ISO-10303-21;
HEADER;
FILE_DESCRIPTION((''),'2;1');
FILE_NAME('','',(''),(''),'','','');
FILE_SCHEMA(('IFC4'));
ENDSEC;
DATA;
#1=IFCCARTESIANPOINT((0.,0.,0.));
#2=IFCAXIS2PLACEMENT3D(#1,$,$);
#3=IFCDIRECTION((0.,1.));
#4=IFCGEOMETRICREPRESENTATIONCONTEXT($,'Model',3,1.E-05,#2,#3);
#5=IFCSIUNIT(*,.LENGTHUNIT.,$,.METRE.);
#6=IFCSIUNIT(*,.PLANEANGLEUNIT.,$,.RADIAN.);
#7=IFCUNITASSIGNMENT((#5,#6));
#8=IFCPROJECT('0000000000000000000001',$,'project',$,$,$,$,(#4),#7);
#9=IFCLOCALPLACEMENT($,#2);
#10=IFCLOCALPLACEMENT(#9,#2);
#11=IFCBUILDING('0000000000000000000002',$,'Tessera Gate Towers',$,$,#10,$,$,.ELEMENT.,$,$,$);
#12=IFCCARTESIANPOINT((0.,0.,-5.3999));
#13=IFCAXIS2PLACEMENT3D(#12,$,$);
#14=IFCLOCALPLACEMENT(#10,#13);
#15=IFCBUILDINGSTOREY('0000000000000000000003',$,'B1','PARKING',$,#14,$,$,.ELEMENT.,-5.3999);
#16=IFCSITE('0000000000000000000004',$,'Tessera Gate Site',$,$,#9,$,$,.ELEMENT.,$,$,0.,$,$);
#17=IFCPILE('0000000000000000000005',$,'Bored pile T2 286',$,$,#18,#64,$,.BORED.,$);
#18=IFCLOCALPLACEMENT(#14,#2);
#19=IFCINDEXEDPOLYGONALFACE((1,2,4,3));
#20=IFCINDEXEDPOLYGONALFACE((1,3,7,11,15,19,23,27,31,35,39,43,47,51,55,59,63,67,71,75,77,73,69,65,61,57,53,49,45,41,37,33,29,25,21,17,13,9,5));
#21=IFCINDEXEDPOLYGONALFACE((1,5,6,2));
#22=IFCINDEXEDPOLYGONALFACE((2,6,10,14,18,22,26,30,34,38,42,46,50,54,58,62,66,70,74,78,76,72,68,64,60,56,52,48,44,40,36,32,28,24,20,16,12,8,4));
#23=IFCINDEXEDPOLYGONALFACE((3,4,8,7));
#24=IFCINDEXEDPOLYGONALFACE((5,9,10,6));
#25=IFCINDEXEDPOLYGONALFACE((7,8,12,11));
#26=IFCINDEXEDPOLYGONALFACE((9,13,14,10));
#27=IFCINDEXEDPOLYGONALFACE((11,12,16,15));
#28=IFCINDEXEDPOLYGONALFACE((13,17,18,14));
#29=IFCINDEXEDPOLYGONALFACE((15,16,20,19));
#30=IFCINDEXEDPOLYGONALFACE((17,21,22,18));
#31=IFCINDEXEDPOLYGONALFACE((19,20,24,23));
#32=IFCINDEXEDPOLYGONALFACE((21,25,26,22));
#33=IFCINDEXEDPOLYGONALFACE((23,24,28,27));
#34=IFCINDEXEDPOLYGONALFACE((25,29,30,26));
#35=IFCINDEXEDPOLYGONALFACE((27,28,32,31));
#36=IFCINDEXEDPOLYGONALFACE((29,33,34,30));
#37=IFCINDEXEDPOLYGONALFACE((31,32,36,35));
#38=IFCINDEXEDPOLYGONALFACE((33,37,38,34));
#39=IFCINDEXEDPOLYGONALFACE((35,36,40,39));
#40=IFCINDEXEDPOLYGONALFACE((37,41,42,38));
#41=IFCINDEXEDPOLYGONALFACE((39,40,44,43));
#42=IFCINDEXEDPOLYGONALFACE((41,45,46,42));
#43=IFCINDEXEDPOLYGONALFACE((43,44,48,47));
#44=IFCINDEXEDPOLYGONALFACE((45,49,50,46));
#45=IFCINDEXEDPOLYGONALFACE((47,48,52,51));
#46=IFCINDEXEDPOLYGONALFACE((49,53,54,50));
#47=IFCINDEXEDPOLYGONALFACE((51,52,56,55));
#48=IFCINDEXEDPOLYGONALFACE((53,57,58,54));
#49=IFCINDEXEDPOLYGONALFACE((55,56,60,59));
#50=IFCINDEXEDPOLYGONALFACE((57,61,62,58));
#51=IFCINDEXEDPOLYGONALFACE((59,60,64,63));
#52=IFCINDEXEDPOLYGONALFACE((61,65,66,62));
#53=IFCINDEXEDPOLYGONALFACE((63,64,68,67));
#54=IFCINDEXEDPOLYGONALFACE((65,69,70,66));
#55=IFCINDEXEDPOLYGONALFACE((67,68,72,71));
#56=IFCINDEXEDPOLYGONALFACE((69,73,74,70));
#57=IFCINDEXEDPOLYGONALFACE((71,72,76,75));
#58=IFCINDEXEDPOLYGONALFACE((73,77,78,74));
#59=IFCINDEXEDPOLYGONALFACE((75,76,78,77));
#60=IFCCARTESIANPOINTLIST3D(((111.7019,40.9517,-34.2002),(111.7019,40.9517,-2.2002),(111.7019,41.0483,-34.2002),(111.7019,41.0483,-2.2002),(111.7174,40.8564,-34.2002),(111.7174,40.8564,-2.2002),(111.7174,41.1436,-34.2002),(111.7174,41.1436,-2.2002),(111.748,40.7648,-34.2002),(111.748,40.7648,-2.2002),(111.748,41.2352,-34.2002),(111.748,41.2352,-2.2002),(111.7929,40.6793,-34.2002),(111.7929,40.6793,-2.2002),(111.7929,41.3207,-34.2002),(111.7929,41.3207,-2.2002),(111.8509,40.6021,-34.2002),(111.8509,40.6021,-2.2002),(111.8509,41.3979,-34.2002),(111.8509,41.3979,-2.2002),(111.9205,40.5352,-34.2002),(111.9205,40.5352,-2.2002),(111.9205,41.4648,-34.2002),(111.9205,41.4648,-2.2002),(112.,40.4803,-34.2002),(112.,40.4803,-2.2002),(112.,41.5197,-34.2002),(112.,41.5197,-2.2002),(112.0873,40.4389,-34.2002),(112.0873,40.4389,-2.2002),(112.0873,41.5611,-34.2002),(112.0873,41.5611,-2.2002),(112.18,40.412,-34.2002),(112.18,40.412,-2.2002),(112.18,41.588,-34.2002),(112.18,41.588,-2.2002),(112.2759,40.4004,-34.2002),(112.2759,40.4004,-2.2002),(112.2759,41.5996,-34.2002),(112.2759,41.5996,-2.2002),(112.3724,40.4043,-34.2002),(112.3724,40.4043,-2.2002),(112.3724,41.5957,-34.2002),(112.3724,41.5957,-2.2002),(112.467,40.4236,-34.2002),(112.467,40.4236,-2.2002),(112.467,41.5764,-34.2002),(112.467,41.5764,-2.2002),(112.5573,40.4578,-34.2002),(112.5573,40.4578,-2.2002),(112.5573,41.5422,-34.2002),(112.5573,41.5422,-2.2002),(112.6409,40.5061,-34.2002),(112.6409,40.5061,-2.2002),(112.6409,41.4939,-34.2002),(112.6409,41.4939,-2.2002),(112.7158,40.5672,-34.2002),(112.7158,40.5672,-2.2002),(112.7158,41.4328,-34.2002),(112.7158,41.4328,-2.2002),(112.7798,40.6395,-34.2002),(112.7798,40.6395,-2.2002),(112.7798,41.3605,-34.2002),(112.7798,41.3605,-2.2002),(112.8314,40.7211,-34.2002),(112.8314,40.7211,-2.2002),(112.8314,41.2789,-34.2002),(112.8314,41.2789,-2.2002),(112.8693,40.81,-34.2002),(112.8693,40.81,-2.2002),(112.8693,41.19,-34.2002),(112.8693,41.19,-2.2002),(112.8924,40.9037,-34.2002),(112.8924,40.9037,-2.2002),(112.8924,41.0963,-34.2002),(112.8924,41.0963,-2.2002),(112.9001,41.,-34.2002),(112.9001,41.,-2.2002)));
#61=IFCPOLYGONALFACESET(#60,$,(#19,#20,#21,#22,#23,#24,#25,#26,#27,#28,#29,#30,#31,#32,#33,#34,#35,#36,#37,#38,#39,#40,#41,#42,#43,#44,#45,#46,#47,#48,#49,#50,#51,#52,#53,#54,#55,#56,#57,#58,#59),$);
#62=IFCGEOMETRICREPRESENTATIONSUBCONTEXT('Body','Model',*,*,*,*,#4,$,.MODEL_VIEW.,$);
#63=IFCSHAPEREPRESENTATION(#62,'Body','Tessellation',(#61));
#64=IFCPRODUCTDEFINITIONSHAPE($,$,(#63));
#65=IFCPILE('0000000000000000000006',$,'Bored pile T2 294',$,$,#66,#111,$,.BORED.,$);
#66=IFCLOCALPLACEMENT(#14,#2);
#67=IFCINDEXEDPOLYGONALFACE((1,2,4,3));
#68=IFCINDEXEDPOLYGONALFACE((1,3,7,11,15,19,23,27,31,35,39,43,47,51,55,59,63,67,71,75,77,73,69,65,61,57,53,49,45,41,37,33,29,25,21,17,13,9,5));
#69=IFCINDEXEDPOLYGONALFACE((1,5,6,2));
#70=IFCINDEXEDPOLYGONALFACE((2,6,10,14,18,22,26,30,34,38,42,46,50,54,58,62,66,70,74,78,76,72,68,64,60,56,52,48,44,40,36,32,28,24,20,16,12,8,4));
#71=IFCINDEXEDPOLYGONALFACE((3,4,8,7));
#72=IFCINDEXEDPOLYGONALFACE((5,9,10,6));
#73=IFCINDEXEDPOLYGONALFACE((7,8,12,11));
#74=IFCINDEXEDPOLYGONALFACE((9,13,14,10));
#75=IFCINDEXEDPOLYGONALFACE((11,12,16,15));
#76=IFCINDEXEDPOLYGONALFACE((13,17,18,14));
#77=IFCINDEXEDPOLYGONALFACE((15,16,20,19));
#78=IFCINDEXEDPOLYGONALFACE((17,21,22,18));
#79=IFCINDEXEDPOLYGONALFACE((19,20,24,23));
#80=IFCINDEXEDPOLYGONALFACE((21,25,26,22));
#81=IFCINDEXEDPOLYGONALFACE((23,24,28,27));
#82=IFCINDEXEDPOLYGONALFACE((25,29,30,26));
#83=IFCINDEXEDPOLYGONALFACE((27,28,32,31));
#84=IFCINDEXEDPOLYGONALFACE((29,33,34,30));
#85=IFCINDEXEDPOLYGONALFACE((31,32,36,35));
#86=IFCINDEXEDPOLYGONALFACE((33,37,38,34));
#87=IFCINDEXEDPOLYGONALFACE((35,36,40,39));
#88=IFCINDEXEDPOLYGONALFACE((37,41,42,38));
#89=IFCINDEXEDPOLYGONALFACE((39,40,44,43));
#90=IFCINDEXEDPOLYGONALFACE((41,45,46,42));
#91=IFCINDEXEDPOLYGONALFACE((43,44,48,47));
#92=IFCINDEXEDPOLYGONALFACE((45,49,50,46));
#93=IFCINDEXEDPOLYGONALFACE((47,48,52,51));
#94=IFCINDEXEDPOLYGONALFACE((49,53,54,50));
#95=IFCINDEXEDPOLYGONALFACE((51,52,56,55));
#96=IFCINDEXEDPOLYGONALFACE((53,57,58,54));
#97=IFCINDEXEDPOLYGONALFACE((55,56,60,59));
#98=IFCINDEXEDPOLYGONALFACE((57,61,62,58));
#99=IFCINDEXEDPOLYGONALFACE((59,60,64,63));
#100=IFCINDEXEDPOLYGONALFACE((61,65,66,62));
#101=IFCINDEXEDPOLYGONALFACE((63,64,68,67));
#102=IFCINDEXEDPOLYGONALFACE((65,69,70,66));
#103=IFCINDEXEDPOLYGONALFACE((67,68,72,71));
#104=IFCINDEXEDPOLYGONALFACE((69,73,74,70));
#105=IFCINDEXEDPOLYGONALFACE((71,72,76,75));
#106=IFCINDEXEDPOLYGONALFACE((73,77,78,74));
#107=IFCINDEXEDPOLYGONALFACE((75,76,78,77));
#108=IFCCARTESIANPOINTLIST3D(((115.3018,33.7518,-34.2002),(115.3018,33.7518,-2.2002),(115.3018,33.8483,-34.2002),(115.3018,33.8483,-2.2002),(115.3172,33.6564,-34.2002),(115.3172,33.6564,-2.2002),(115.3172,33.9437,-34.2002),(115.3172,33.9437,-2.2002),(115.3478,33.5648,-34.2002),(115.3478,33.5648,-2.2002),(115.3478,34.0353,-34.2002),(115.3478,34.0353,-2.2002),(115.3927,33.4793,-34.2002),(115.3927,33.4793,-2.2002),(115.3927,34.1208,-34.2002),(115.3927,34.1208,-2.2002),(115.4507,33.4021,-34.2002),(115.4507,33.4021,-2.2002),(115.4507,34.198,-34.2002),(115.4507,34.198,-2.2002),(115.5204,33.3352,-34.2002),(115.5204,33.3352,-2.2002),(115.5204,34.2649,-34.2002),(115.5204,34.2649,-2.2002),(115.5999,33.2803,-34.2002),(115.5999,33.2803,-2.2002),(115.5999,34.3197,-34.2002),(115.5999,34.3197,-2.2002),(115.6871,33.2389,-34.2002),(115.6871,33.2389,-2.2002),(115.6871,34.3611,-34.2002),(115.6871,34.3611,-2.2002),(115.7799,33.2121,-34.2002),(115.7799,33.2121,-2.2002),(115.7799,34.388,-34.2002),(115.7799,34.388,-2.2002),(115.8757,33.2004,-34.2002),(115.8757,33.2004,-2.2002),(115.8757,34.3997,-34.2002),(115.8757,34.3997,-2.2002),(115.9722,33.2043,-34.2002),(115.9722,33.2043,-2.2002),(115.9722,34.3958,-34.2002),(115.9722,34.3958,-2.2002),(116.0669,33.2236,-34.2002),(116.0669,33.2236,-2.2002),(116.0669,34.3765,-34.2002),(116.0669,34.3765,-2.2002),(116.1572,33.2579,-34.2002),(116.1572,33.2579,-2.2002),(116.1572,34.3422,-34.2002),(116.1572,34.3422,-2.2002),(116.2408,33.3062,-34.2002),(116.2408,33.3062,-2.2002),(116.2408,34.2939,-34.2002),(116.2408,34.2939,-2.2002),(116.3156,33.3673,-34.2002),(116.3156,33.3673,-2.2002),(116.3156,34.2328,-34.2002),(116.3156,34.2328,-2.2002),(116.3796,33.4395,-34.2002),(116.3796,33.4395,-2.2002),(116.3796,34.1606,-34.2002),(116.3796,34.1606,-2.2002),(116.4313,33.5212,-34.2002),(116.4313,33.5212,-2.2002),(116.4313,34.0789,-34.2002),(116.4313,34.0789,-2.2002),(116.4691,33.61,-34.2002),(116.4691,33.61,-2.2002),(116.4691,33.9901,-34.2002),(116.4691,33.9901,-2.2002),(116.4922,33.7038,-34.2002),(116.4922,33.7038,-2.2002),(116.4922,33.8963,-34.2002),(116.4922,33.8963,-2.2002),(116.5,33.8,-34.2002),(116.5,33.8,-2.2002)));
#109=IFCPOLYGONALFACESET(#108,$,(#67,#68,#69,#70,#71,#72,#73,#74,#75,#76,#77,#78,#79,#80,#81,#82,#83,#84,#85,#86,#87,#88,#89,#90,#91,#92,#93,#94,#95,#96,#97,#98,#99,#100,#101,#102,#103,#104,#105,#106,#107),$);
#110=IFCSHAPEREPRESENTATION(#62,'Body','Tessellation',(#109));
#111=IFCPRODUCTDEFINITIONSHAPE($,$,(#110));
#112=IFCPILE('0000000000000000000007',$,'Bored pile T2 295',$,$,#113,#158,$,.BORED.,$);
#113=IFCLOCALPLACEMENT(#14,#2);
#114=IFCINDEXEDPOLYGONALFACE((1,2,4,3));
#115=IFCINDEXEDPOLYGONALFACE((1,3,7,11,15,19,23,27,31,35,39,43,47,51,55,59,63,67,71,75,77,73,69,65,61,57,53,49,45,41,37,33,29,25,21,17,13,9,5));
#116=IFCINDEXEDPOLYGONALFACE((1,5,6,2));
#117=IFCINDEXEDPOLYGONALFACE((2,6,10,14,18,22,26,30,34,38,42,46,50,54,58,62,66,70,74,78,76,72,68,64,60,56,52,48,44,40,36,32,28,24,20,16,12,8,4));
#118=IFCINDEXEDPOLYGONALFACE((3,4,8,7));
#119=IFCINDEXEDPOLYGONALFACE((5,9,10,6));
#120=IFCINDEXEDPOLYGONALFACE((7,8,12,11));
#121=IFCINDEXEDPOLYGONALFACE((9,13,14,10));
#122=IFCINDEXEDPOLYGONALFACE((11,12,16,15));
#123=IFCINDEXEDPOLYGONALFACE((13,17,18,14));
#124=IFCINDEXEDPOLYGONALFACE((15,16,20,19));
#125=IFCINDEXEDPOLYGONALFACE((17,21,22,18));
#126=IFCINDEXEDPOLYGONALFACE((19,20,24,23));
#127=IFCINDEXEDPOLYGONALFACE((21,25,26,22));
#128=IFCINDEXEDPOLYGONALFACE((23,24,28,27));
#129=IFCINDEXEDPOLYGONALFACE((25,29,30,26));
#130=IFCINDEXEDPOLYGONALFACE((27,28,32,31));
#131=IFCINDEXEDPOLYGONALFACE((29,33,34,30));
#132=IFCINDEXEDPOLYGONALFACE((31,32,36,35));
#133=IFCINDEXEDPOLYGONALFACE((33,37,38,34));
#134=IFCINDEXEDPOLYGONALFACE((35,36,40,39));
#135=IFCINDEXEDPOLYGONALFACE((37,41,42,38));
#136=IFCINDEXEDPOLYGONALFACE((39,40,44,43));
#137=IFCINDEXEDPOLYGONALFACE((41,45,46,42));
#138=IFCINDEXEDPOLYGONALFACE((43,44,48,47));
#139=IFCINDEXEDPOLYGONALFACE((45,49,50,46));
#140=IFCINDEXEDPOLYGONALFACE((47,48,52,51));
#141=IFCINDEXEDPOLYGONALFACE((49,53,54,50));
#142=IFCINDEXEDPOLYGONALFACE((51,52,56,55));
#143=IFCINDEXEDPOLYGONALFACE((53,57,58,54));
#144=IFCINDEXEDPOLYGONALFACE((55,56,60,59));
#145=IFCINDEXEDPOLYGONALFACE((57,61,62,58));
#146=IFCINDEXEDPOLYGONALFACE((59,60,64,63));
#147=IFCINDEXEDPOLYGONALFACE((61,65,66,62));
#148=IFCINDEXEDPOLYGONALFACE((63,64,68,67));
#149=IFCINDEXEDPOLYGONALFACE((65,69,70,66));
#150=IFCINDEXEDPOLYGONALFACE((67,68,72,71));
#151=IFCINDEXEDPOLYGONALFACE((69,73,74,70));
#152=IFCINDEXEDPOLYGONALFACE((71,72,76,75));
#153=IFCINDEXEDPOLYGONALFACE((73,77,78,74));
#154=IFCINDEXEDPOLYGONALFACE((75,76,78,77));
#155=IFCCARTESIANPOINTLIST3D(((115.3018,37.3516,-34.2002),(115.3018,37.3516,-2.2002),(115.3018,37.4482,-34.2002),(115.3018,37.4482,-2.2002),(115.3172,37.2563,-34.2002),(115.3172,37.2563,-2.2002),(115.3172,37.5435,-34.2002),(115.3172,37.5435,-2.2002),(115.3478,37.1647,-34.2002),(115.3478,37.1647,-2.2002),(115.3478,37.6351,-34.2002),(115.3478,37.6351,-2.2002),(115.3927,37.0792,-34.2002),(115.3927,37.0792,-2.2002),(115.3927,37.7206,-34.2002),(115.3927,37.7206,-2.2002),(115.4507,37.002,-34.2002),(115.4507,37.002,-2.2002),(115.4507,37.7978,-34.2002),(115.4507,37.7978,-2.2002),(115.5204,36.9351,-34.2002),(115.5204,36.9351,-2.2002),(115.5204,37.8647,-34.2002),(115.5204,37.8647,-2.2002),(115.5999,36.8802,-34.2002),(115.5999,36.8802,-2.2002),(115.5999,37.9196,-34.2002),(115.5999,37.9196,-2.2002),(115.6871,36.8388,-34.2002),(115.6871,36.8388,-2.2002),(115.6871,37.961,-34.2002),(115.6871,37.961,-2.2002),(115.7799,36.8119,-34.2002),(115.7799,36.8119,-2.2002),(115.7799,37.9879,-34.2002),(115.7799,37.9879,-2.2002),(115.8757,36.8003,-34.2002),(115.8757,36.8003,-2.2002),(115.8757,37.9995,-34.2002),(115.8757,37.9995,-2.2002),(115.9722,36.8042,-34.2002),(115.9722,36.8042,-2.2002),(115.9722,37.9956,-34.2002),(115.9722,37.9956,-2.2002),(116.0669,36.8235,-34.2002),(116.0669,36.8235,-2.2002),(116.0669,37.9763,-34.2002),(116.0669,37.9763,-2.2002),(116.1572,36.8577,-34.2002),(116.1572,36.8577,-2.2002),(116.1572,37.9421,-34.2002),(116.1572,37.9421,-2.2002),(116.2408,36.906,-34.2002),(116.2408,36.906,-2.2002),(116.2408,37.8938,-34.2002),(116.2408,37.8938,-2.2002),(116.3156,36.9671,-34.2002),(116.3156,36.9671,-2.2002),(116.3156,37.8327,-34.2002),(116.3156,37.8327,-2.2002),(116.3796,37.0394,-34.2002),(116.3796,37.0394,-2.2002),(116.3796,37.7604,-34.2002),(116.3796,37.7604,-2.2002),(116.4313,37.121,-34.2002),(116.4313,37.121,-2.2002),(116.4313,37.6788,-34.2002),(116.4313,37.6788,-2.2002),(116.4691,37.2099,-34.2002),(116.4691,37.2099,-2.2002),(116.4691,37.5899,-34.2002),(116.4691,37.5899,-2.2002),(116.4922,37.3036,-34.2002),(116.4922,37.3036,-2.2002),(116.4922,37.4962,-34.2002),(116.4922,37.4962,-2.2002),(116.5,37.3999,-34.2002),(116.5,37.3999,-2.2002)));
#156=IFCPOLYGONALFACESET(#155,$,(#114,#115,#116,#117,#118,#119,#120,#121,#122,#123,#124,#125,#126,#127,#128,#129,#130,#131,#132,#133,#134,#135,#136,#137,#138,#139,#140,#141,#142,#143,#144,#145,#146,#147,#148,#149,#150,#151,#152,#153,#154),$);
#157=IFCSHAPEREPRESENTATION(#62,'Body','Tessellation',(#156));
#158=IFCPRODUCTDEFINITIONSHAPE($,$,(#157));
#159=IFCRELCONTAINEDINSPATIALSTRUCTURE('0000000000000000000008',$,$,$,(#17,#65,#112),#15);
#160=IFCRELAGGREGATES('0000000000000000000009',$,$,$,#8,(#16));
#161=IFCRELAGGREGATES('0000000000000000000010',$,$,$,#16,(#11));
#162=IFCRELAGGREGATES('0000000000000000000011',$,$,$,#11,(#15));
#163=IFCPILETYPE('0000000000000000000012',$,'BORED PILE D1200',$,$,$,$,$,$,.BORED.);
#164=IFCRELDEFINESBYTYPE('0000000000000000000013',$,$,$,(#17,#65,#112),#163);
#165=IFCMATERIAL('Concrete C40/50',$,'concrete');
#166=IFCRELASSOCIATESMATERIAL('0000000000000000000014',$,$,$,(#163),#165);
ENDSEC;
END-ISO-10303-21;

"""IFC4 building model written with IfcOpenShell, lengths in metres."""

from ifc_helpers import new_model, si_unit, direction, frame, origin, origin_2d, place, context, subcontext, project, spatial, circle, extrude, material, material_profile, profile_set, type_object, element, save


model = new_model("IFC4")

# Units and contexts
model_context = context("Model", 3, precision=1e-05, world=origin(), true_north=direction((0.0, 1.0)))
body_context = subcontext(model_context, "Body", "Model", "MODEL_VIEW")
ifc_project = project(units=[si_unit("LENGTHUNIT", "METRE"), si_unit("PLANEANGLEUNIT", "RADIAN")], contexts=[model_context])

# Site, building, storey
site_placement = place(None, origin())
site = spatial("IfcSite", under=ifc_project, at=site_placement, Name="Tessera Gate Site", CompositionType="ELEMENT", RefElevation=0.0)
building_placement = place(site_placement, origin())
building = spatial("IfcBuilding", under=site, at=building_placement, Name="Tessera Gate Towers", CompositionType="ELEMENT")
storey_placement = place(building_placement, frame((0.0, 0.0, -5.3999)))
storey = spatial("IfcBuildingStorey", under=building, at=storey_placement, Name="B1", Description="PARKING", CompositionType="ELEMENT", Elevation=-5.3999)

# Piles
ifc_material_1 = material(Name="Concrete C40/50", Category="concrete")
ifc_material_profile = material_profile(ifc_material_1, circle(Radius=0.6001, at=origin_2d()), Name="BORED PILE D1200")
ifc_profile_set = profile_set([ifc_material_profile], Name="Concrete C40/50")
pile_type = type_object("IfcPileType", Name="BORED PILE D1200", PredefinedType="BORED", material=ifc_profile_set)
for number, where, z_axis, x_axis, name in (
    (1, (112.3, 41.0, -2.2002), (0.0, 0.0, -1.0), (1.0, 0.0, 0.0), "Bored pile T2 286"),
    (2, (115.8999, 33.8, -2.2002), (0.0, 0.0, -1.0), (1.0, 0.0, 0.0), "Bored pile T2 294"),
    (3, (115.8999, 37.3999, -2.2002), (0.0, 0.0, -1.0), (1.0, 0.0, 0.0), "Bored pile T2 295"),
):
    element("IfcPile", number, at=place(storey_placement, frame(where, z_axis=z_axis, x_axis=x_axis)), inside=storey, type_object=pile_type, Name=name, PredefinedType="BORED", context=body_context, shape_type="SweptSolid", body=[
        extrude(circle(Radius=0.6001, at=origin_2d()), origin(), (0.0, 0.0, 1.0), 32.0),
    ])

save(model, "model.ifc")
